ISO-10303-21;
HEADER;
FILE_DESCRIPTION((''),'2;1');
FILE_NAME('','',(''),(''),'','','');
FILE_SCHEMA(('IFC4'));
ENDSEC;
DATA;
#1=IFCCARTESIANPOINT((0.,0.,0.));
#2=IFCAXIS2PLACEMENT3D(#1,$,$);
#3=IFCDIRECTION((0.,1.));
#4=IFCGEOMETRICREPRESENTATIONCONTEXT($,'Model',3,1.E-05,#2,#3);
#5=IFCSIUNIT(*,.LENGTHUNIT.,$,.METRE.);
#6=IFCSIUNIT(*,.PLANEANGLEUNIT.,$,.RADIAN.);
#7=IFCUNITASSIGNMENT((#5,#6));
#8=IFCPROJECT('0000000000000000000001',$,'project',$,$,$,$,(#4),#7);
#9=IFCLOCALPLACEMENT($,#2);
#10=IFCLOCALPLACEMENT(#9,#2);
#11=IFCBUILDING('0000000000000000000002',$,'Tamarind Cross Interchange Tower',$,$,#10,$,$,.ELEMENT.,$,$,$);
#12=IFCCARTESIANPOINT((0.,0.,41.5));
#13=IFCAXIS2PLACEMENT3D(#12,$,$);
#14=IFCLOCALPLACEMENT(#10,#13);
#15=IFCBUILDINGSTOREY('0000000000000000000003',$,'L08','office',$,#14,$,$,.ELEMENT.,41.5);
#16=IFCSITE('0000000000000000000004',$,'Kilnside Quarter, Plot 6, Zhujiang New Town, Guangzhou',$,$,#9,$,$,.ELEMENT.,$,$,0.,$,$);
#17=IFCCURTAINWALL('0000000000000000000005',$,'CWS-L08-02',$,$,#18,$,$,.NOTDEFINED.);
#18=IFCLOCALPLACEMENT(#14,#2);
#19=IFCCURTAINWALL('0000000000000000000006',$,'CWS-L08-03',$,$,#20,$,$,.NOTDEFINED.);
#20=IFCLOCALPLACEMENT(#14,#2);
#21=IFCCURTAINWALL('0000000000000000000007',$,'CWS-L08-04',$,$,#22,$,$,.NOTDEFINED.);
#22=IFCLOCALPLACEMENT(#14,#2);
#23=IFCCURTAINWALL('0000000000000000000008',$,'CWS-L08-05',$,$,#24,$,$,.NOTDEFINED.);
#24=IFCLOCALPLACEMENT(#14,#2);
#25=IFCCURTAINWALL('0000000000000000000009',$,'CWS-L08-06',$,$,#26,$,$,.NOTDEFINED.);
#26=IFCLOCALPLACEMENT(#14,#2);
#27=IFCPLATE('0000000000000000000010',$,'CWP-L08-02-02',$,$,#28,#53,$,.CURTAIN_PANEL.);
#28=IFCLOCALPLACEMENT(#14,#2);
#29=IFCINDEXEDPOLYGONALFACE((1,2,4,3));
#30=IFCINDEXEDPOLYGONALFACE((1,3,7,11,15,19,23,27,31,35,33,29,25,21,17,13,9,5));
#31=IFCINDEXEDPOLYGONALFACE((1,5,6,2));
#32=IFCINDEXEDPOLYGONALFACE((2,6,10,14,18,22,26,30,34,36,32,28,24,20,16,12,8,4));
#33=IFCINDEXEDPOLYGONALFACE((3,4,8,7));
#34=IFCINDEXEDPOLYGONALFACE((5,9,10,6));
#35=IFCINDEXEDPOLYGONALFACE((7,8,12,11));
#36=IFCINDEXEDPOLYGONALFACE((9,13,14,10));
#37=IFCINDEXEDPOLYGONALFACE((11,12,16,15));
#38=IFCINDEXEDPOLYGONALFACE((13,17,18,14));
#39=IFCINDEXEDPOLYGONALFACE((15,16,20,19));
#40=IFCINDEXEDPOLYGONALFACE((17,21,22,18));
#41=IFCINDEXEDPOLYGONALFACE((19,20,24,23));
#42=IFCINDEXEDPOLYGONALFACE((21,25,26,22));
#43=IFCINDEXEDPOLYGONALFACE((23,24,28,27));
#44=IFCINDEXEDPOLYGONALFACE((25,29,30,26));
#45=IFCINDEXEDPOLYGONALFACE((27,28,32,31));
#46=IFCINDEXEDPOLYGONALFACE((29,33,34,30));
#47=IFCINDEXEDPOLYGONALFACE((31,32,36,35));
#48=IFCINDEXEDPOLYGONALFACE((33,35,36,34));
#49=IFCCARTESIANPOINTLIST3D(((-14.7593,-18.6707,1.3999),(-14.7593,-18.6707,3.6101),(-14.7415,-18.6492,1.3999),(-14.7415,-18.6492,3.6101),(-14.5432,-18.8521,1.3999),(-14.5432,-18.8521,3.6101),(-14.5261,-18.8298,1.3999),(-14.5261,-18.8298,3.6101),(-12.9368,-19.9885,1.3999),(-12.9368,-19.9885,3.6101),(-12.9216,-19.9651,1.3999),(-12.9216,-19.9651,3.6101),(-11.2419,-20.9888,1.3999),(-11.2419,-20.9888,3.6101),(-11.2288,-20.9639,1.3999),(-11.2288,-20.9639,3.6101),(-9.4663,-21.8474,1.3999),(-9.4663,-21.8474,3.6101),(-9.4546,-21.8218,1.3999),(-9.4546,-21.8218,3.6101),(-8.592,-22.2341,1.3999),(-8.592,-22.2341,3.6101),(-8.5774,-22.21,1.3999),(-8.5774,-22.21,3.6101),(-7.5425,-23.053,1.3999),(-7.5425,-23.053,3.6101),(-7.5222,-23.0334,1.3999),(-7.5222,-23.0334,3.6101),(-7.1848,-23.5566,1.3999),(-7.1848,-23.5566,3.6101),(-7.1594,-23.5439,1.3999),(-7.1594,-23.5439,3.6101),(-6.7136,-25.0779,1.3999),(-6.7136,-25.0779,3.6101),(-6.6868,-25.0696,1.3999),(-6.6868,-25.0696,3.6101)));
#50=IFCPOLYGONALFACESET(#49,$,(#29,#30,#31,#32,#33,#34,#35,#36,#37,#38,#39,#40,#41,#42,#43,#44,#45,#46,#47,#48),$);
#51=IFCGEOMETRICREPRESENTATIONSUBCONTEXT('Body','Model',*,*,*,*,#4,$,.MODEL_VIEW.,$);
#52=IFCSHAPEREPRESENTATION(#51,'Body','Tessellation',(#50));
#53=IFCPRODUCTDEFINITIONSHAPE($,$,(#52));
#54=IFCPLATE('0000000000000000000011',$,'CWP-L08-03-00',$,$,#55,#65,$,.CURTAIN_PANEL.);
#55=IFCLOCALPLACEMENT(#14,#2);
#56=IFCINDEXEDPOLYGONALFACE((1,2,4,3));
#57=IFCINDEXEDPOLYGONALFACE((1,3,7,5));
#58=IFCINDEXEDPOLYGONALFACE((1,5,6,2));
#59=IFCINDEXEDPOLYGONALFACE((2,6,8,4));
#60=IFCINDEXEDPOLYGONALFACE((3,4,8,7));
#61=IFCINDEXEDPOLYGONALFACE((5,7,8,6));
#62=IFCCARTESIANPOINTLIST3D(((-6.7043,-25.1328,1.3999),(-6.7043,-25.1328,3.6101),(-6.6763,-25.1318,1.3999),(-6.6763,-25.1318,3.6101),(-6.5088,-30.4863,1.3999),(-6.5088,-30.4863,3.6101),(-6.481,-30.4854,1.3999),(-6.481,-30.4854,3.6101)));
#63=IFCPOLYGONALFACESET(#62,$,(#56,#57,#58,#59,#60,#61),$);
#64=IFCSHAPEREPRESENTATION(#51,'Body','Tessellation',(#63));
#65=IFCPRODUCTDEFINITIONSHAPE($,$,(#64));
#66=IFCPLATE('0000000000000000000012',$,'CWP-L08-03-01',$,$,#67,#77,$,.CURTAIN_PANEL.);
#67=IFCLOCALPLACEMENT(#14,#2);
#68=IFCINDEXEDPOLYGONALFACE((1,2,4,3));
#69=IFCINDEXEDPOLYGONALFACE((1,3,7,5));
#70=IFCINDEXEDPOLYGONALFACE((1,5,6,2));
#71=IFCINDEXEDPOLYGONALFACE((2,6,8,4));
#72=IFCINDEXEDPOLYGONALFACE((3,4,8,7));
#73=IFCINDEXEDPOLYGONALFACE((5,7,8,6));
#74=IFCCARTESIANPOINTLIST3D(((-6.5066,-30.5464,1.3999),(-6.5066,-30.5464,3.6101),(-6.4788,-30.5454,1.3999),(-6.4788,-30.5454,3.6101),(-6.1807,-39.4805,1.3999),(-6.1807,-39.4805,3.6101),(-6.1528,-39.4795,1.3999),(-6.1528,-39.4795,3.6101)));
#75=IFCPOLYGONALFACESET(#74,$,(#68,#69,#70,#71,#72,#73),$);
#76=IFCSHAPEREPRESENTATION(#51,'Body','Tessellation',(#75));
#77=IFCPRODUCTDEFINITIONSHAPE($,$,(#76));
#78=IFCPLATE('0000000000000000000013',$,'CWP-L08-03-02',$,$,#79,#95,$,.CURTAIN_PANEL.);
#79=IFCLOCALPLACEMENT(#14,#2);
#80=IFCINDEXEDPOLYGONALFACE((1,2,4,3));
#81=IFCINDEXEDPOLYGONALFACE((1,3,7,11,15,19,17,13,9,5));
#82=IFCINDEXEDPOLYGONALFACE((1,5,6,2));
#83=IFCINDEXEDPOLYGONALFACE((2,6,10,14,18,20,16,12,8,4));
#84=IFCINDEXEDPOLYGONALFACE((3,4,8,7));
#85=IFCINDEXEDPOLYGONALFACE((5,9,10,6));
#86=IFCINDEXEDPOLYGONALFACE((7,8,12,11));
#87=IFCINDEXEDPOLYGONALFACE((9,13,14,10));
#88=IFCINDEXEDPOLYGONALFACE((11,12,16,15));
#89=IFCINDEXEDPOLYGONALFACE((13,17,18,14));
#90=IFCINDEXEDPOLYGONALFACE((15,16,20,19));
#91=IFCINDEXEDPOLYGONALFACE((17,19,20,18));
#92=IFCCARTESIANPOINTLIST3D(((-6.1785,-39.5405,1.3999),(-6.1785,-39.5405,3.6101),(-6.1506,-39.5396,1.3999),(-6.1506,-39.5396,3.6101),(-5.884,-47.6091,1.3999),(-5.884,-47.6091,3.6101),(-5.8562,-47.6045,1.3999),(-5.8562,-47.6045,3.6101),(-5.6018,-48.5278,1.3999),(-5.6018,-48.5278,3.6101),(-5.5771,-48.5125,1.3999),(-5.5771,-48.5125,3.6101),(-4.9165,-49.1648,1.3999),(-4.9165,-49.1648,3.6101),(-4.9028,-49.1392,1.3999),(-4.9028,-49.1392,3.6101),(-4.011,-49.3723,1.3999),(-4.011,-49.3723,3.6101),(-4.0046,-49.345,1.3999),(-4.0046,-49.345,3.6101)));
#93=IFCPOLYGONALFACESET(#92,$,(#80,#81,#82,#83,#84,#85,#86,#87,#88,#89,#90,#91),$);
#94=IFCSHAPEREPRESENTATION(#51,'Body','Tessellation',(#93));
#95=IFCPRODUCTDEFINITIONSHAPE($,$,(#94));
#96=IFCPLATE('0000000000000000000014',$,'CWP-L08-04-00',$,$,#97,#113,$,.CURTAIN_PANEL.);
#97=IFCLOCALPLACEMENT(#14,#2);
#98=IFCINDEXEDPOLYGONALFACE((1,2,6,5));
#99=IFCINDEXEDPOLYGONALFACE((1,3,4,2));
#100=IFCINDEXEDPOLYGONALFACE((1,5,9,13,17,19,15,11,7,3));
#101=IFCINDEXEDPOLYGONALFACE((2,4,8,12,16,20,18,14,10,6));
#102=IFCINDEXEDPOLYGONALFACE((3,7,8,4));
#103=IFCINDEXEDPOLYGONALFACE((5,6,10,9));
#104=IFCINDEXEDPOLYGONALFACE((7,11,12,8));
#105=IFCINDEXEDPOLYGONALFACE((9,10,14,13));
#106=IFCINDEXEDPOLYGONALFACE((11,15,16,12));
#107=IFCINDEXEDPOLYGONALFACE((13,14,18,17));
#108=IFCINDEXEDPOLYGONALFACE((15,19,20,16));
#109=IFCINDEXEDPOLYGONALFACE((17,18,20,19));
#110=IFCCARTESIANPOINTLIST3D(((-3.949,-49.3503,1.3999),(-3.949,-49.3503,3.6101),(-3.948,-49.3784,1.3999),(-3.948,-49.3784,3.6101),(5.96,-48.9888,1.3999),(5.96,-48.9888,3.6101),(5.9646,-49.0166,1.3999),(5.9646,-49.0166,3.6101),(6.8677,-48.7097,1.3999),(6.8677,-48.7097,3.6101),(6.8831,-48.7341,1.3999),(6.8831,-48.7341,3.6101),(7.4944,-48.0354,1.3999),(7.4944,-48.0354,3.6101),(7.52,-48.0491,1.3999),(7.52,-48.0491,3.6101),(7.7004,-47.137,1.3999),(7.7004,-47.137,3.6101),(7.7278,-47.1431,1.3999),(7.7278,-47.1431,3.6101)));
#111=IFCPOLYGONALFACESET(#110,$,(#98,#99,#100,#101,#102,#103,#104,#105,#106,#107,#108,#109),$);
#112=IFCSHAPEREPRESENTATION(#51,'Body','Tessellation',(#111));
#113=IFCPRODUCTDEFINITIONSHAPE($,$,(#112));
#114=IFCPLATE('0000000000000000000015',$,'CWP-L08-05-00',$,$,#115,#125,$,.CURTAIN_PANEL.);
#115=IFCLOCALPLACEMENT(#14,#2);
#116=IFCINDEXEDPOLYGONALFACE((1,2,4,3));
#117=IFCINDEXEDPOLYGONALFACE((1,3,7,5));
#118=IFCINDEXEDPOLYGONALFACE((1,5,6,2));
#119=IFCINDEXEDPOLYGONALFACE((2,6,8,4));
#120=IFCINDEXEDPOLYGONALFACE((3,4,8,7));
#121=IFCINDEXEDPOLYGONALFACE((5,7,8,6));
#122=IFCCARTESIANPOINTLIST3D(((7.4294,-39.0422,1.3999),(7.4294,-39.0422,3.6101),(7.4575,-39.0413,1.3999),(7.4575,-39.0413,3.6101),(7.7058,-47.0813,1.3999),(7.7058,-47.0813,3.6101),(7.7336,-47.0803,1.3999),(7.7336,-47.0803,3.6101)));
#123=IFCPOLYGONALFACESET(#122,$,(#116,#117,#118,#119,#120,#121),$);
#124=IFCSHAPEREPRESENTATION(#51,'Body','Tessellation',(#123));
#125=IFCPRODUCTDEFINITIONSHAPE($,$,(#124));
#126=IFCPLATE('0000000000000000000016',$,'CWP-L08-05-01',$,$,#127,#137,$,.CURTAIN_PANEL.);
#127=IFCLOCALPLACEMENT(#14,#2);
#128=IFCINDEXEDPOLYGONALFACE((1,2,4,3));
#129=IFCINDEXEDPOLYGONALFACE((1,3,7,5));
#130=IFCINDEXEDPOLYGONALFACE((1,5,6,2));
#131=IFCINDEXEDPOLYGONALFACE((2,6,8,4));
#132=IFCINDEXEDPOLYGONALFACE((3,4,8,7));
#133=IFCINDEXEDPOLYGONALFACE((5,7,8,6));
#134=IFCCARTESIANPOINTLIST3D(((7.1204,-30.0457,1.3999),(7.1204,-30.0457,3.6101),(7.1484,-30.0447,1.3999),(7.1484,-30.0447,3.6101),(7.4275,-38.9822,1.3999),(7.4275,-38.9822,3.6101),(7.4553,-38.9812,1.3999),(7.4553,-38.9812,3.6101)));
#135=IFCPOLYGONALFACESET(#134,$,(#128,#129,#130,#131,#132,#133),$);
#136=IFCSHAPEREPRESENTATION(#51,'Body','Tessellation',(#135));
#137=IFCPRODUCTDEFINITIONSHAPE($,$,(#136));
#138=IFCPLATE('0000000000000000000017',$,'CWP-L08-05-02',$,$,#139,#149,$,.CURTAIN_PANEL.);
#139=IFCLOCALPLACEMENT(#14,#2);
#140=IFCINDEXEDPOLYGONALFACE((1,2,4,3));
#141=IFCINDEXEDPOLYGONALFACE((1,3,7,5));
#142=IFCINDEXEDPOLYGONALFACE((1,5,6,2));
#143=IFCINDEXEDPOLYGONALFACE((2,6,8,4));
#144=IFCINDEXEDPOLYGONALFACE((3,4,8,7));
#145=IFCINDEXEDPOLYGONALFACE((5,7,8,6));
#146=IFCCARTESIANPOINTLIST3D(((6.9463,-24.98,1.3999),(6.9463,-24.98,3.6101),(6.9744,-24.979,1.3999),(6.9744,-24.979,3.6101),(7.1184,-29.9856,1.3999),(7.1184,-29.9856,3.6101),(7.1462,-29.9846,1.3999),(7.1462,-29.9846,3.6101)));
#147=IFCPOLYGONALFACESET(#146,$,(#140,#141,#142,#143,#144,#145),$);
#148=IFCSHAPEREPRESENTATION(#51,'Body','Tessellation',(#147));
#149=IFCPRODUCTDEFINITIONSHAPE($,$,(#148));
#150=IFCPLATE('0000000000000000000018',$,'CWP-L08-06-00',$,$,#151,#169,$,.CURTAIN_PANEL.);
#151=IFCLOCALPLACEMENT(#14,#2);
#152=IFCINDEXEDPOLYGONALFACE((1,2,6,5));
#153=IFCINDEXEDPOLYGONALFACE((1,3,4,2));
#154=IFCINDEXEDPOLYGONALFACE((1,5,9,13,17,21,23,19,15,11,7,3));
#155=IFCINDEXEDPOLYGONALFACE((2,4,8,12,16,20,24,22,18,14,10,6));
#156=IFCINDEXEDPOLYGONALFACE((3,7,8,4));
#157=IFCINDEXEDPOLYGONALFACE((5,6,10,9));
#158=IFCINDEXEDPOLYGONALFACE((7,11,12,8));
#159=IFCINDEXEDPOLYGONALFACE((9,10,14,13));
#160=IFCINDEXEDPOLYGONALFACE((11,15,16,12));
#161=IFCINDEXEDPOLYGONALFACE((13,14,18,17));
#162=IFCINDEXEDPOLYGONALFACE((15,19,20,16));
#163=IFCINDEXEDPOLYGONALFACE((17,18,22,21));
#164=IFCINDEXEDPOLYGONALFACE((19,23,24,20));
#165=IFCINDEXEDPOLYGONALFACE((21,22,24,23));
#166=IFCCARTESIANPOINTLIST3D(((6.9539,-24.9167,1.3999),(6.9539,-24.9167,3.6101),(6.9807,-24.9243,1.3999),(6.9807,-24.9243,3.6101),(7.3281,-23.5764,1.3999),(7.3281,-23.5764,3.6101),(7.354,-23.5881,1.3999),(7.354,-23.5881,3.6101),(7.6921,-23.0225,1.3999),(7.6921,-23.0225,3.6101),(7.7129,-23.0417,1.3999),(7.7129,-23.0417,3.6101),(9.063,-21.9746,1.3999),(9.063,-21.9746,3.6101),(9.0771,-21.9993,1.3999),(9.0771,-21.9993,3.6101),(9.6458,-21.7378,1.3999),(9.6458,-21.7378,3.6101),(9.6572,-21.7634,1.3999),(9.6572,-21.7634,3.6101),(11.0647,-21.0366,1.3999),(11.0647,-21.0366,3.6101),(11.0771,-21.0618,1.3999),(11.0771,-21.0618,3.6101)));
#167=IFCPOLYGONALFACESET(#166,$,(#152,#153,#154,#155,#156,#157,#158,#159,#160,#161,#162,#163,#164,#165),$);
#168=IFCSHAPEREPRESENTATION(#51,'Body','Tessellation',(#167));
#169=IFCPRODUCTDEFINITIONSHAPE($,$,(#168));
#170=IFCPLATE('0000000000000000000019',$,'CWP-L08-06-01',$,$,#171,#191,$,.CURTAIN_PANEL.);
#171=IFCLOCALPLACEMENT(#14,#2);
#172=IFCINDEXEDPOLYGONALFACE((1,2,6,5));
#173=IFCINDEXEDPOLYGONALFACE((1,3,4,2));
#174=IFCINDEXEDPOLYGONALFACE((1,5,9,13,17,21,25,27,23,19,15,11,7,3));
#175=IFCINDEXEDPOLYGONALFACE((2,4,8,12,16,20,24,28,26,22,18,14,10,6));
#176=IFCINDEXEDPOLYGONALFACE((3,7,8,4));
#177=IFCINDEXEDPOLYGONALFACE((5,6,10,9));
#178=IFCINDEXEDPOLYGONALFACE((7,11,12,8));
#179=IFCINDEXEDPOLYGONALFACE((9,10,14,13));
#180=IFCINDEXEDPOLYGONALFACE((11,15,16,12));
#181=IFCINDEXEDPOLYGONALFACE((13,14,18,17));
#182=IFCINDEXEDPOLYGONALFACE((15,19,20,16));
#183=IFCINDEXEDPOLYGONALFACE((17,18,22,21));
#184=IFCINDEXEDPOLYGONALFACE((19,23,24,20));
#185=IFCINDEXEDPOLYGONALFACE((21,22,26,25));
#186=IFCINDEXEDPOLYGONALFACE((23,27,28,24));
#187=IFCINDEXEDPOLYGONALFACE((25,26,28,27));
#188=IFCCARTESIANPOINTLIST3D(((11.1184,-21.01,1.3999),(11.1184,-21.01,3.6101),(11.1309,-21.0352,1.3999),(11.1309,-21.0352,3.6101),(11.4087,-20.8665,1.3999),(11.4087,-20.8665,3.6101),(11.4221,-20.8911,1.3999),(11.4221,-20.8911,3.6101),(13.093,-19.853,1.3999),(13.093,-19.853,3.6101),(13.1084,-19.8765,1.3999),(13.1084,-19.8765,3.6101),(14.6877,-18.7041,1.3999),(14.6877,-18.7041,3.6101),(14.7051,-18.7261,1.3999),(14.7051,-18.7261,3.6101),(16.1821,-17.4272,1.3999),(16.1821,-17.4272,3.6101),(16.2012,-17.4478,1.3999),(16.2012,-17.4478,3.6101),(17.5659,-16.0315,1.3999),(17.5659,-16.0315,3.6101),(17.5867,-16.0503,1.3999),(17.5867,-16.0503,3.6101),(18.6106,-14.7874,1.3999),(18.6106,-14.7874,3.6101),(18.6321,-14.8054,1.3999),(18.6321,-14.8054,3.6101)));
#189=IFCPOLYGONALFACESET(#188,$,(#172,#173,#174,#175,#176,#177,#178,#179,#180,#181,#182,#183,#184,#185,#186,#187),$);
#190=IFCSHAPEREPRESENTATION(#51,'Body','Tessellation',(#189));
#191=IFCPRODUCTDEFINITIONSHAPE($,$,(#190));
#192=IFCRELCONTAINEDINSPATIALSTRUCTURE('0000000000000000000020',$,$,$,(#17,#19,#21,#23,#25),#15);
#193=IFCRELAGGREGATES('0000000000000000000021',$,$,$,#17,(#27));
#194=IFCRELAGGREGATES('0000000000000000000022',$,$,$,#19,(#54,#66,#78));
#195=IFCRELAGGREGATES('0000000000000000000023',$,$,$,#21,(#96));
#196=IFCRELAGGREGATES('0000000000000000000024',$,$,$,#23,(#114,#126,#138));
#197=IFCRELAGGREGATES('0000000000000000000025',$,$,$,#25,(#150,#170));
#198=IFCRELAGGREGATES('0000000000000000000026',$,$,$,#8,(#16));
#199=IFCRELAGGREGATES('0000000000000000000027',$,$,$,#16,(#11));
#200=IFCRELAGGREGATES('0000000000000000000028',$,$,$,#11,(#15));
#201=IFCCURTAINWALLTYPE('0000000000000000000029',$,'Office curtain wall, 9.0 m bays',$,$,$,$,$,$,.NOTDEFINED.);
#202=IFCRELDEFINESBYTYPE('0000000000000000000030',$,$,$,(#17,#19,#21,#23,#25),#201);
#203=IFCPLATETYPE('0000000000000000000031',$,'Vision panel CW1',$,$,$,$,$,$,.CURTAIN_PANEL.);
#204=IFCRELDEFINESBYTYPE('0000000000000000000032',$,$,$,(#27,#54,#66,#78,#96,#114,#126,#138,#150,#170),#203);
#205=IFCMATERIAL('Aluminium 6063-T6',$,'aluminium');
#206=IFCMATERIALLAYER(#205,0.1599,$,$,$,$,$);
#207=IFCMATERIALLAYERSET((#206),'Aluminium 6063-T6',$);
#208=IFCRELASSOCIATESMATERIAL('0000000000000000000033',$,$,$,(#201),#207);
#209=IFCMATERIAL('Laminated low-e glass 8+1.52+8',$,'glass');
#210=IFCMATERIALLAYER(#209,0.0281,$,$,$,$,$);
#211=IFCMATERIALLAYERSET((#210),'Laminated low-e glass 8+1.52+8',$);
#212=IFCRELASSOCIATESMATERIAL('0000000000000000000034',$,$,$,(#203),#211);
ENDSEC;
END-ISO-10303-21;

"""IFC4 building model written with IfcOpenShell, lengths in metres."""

from ifc_helpers import new_model, si_unit, direction, frame, origin, place, context, subcontext, project, spatial, polyline, outline, extrude, material, layer, layer_set, type_object, element, aggregate, save


model = new_model("IFC4")

# Units and contexts
model_context = context("Model", 3, precision=1e-05, world=origin(), true_north=direction((0.0, 1.0)))
body_context = subcontext(model_context, "Body", "Model", "MODEL_VIEW")
ifc_project = project(units=[si_unit("LENGTHUNIT", "METRE"), si_unit("PLANEANGLEUNIT", "RADIAN")], contexts=[model_context])

# Site, building, storey
site_placement = place(None, origin())
site = spatial("IfcSite", under=ifc_project, at=site_placement, Name="Kilnside Quarter, Plot 6, Zhujiang New Town, Guangzhou", CompositionType="ELEMENT", RefElevation=0.0)
building_placement = place(site_placement, origin())
building = spatial("IfcBuilding", under=site, at=building_placement, Name="Tamarind Cross Interchange Tower", CompositionType="ELEMENT")
storey_placement = place(building_placement, frame((0.0, 0.0, 41.5)))
storey = spatial("IfcBuildingStorey", under=building, at=storey_placement, Name="L08", Description="office", CompositionType="ELEMENT", Elevation=41.5)

# Curtain walls
ifc_material_1 = material(Name="Aluminium 6063-T6", Category="aluminium")
ifc_layer_1 = layer(ifc_material_1, 0.1599)
ifc_layer_set_1 = layer_set([ifc_layer_1], Name="Aluminium 6063-T6")
curtain_wall_type = type_object("IfcCurtainWallType", Name="Office curtain wall, 9.0 m bays", PredefinedType="NOTDEFINED", material=ifc_layer_set_1)
curtain_wall_1_placement = place(storey_placement, origin())
curtain_wall_1 = element("IfcCurtainWall", 1, at=curtain_wall_1_placement, inside=storey, type_object=curtain_wall_type, Name="CWS-L08-02", PredefinedType="NOTDEFINED")
curtain_wall_2_placement = place(storey_placement, origin())
curtain_wall_2 = element("IfcCurtainWall", 2, at=curtain_wall_2_placement, inside=storey, type_object=curtain_wall_type, Name="CWS-L08-03", PredefinedType="NOTDEFINED")
curtain_wall_3_placement = place(storey_placement, origin())
curtain_wall_3 = element("IfcCurtainWall", 3, at=curtain_wall_3_placement, inside=storey, type_object=curtain_wall_type, Name="CWS-L08-04", PredefinedType="NOTDEFINED")
curtain_wall_4_placement = place(storey_placement, origin())
curtain_wall_4 = element("IfcCurtainWall", 4, at=curtain_wall_4_placement, inside=storey, type_object=curtain_wall_type, Name="CWS-L08-05", PredefinedType="NOTDEFINED")
curtain_wall_5_placement = place(storey_placement, origin())
curtain_wall_5 = element("IfcCurtainWall", 5, at=curtain_wall_5_placement, inside=storey, type_object=curtain_wall_type, Name="CWS-L08-06", PredefinedType="NOTDEFINED")

# Plates
ifc_material_2 = material(Name="Laminated low-e glass 8+1.52+8", Category="glass")
ifc_layer_2 = layer(ifc_material_2, 0.0281)
ifc_layer_set_2 = layer_set([ifc_layer_2], Name="Laminated low-e glass 8+1.52+8")
plate_type = type_object("IfcPlateType", Name="Vision panel CW1", PredefinedType="CURTAIN_PANEL", material=ifc_layer_set_2)
plate_1_placement = place(storey_placement, frame((0.0, 0.0, 1.3999)))
plate_1 = element("IfcPlate", 6, at=plate_1_placement, type_object=plate_type, Name="CWP-L08-02-02", PredefinedType="CURTAIN_PANEL", context=body_context, shape_type="SweptSolid", body=[
    extrude(outline(polyline([(-14.7415, -18.6492), (-14.5261, -18.8298), (-12.9216, -19.9651), (-11.2288, -20.9639), (-9.4546, -21.8218), (-8.5774, -22.21), (-7.5222, -23.0334), (-7.1594, -23.5439), (-6.6868, -25.0696), (-6.7136, -25.0779), (-7.1848, -23.5566), (-7.5425, -23.053), (-8.592, -22.2341), (-9.4663, -21.8474), (-11.2419, -20.9888), (-12.9368, -19.9885), (-14.5432, -18.8521), (-14.7593, -18.6707), (-14.7415, -18.6492)])), origin(), (0.0, 0.0, 1.0), 2.2102),
])
aggregate(curtain_wall_1, [plate_1])
plate_2_placement = place(storey_placement, frame((0.0, 0.0, 1.3999)))
plate_2 = element("IfcPlate", 7, at=plate_2_placement, type_object=plate_type, Name="CWP-L08-03-00", PredefinedType="CURTAIN_PANEL", context=body_context, shape_type="SweptSolid", body=[
    extrude(outline(polyline([(-6.6763, -25.1318), (-6.481, -30.4854), (-6.5088, -30.4863), (-6.7043, -25.1328), (-6.6763, -25.1318)])), origin(), (0.0, 0.0, 1.0), 2.2102),
])
plate_3_placement = place(storey_placement, frame((0.0, 0.0, 1.3999)))
plate_3 = element("IfcPlate", 8, at=plate_3_placement, type_object=plate_type, Name="CWP-L08-03-01", PredefinedType="CURTAIN_PANEL", context=body_context, shape_type="SweptSolid", body=[
    extrude(outline(polyline([(-6.4788, -30.5454), (-6.1528, -39.4795), (-6.1807, -39.4805), (-6.5066, -30.5464), (-6.4788, -30.5454)])), origin(), (0.0, 0.0, 1.0), 2.2102),
])
plate_4_placement = place(storey_placement, frame((0.0, 0.0, 1.3999)))
plate_4 = element("IfcPlate", 9, at=plate_4_placement, type_object=plate_type, Name="CWP-L08-03-02", PredefinedType="CURTAIN_PANEL", context=body_context, shape_type="SweptSolid", body=[
    extrude(outline(polyline([(-6.1506, -39.5396), (-5.8562, -47.6045), (-5.5771, -48.5125), (-4.9028, -49.1392), (-4.0046, -49.345), (-4.011, -49.3723), (-4.9165, -49.1648), (-5.6018, -48.5278), (-5.884, -47.6091), (-6.1785, -39.5405), (-6.1506, -39.5396)])), origin(), (0.0, 0.0, 1.0), 2.2102),
])
aggregate(curtain_wall_2, [plate_2, plate_3, plate_4])
plate_5_placement = place(storey_placement, frame((0.0, 0.0, 1.3999)))
plate_5 = element("IfcPlate", 10, at=plate_5_placement, type_object=plate_type, Name="CWP-L08-04-00", PredefinedType="CURTAIN_PANEL", context=body_context, shape_type="SweptSolid", body=[
    extrude(outline(polyline([(-3.949, -49.3503), (5.96, -48.9888), (6.8677, -48.7097), (7.4944, -48.0354), (7.7004, -47.137), (7.7278, -47.1431), (7.52, -48.0491), (6.8831, -48.7341), (5.9646, -49.0166), (-3.948, -49.3784), (-3.949, -49.3503)])), origin(), (0.0, 0.0, 1.0), 2.2102),
])
aggregate(curtain_wall_3, [plate_5])
plate_6_placement = place(storey_placement, frame((0.0, 0.0, 1.3999)))
plate_6 = element("IfcPlate", 11, at=plate_6_placement, type_object=plate_type, Name="CWP-L08-05-00", PredefinedType="CURTAIN_PANEL", context=body_context, shape_type="SweptSolid", body=[
    extrude(outline(polyline([(7.7058, -47.0813), (7.4294, -39.0422), (7.4575, -39.0413), (7.7336, -47.0803), (7.7058, -47.0813)])), origin(), (0.0, 0.0, 1.0), 2.2102),
])
plate_7_placement = place(storey_placement, frame((0.0, 0.0, 1.3999)))
plate_7 = element("IfcPlate", 12, at=plate_7_placement, type_object=plate_type, Name="CWP-L08-05-01", PredefinedType="CURTAIN_PANEL", context=body_context, shape_type="SweptSolid", body=[
    extrude(outline(polyline([(7.4275, -38.9822), (7.1204, -30.0457), (7.1484, -30.0447), (7.4553, -38.9812), (7.4275, -38.9822)])), origin(), (0.0, 0.0, 1.0), 2.2102),
])
plate_8_placement = place(storey_placement, frame((0.0, 0.0, 1.3999)))
plate_8 = element("IfcPlate", 13, at=plate_8_placement, type_object=plate_type, Name="CWP-L08-05-02", PredefinedType="CURTAIN_PANEL", context=body_context, shape_type="SweptSolid", body=[
    extrude(outline(polyline([(7.1184, -29.9856), (6.9463, -24.98), (6.9744, -24.979), (7.1462, -29.9846), (7.1184, -29.9856)])), origin(), (0.0, 0.0, 1.0), 2.2102),
])
aggregate(curtain_wall_4, [plate_6, plate_7, plate_8])
plate_9_placement = place(storey_placement, frame((0.0, 0.0, 1.3999)))
plate_9 = element("IfcPlate", 14, at=plate_9_placement, type_object=plate_type, Name="CWP-L08-06-00", PredefinedType="CURTAIN_PANEL", context=body_context, shape_type="SweptSolid", body=[
    extrude(outline(polyline([(6.9539, -24.9167), (7.3281, -23.5764), (7.6921, -23.0225), (9.063, -21.9746), (9.6458, -21.7378), (11.0647, -21.0366), (11.0771, -21.0618), (9.6572, -21.7634), (9.0771, -21.9993), (7.7129, -23.0417), (7.354, -23.5881), (6.9807, -24.9243), (6.9539, -24.9167)])), origin(), (0.0, 0.0, 1.0), 2.2102),
])
plate_10_placement = place(storey_placement, frame((0.0, 0.0, 1.3999)))
plate_10 = element("IfcPlate", 15, at=plate_10_placement, type_object=plate_type, Name="CWP-L08-06-01", PredefinedType="CURTAIN_PANEL", context=body_context, shape_type="SweptSolid", body=[
    extrude(outline(polyline([(11.1184, -21.01), (11.4087, -20.8665), (13.093, -19.853), (14.6877, -18.7041), (16.1821, -17.4272), (17.5659, -16.0315), (18.6106, -14.7874), (18.6321, -14.8054), (17.5867, -16.0503), (16.2012, -17.4478), (14.7051, -18.7261), (13.1084, -19.8765), (11.4221, -20.8911), (11.1309, -21.0352), (11.1184, -21.01)])), origin(), (0.0, 0.0, 1.0), 2.2102),
])
aggregate(curtain_wall_5, [plate_9, plate_10])

save(model, "model.ifc")
